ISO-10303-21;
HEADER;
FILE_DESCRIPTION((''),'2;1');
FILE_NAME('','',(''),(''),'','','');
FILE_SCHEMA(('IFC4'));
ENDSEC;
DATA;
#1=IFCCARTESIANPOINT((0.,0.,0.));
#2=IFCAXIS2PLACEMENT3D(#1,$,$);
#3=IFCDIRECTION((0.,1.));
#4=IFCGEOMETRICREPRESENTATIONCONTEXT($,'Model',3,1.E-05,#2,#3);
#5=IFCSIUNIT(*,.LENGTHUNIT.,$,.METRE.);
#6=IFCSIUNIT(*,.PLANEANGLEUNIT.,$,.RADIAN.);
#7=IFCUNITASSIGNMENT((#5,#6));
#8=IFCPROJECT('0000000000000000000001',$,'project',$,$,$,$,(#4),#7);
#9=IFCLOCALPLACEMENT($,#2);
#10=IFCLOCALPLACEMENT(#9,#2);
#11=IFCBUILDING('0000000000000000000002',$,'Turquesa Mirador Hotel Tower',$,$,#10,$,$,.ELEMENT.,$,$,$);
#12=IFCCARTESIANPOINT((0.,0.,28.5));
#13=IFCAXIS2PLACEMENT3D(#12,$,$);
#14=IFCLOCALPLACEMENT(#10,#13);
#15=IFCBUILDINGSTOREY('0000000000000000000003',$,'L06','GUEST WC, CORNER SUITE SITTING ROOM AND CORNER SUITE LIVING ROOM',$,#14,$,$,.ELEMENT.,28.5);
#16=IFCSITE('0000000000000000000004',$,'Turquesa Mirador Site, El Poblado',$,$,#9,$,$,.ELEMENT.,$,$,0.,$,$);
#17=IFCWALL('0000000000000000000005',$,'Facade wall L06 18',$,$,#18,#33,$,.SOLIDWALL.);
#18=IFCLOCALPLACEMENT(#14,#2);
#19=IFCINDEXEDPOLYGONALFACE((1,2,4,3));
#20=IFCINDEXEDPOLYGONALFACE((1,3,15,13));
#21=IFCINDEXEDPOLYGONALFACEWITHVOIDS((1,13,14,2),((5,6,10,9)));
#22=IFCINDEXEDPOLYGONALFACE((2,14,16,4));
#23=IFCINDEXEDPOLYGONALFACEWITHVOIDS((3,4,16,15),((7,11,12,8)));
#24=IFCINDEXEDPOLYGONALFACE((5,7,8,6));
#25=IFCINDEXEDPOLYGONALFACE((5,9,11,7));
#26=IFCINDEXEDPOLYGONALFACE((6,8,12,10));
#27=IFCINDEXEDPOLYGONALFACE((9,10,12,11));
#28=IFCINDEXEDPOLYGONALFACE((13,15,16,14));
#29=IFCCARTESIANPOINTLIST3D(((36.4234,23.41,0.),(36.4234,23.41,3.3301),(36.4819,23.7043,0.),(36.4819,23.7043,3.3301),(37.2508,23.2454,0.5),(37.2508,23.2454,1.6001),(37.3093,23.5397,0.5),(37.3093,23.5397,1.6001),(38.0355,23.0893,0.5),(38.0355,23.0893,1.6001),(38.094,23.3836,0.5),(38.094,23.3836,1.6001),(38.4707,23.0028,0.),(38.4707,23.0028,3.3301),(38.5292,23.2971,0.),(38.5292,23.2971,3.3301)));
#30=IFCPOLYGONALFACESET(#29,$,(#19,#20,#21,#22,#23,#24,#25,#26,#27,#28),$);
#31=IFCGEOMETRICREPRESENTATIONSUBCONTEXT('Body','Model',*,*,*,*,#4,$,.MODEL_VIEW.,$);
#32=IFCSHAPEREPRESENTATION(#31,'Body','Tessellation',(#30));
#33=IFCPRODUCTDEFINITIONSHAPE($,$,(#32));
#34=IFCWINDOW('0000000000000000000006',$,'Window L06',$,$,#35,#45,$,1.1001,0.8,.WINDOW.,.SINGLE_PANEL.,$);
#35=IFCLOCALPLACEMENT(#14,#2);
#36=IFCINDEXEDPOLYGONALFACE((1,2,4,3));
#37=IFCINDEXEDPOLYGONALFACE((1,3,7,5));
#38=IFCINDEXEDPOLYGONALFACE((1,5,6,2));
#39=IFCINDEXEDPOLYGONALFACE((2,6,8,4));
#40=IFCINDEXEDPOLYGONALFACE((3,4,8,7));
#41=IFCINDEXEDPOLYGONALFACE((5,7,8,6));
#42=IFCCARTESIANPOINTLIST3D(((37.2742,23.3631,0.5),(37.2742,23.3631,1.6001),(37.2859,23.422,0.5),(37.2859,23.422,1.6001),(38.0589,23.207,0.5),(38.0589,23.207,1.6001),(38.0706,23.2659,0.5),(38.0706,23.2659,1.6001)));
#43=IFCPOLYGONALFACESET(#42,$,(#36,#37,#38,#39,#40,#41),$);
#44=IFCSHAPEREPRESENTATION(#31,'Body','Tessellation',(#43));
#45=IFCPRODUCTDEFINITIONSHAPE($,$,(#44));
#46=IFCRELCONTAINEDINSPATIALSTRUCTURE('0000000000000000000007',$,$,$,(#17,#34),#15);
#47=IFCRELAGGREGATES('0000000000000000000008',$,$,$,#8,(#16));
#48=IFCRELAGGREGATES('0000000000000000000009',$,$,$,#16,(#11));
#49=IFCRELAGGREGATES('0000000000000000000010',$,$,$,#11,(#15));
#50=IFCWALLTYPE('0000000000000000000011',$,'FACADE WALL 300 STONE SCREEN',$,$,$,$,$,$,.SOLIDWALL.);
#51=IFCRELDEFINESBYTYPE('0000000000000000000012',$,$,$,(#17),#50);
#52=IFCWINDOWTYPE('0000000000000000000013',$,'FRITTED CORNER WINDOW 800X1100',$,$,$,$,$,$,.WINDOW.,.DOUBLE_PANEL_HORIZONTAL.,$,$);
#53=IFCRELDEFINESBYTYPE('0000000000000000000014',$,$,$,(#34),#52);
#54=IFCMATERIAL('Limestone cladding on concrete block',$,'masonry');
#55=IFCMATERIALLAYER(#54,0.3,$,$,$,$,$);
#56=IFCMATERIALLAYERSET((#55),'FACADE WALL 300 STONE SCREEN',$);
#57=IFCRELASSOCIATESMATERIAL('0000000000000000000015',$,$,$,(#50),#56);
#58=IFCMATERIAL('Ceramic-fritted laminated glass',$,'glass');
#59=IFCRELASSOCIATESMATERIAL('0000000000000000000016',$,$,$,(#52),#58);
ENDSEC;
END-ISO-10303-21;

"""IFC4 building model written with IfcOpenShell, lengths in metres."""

from ifc_helpers import new_model, si_unit, direction, frame, frame_2d, origin, place, context, subcontext, project, spatial, rectangle, extrude, material, layer, layer_set, type_object, element, fill, save


model = new_model("IFC4")

# Units and contexts
model_context = context("Model", 3, precision=1e-05, world=origin(), true_north=direction((0.0, 1.0)))
body_context = subcontext(model_context, "Body", "Model", "MODEL_VIEW")
ifc_project = project(units=[si_unit("LENGTHUNIT", "METRE"), si_unit("PLANEANGLEUNIT", "RADIAN")], contexts=[model_context])

# Site, building, storey
site_placement = place(None, origin())
site = spatial("IfcSite", under=ifc_project, at=site_placement, Name="Turquesa Mirador Site, El Poblado", CompositionType="ELEMENT", RefElevation=0.0)
building_placement = place(site_placement, origin())
building = spatial("IfcBuilding", under=site, at=building_placement, Name="Turquesa Mirador Hotel Tower", CompositionType="ELEMENT")
storey_placement = place(building_placement, frame((0.0, 0.0, 28.5)))
storey = spatial("IfcBuildingStorey", under=building, at=storey_placement, Name="L06", Description="GUEST WC, CORNER SUITE SITTING ROOM AND CORNER SUITE LIVING ROOM", CompositionType="ELEMENT", Elevation=28.5)

# Wall, opening, window
ifc_material_1 = material(Name="Limestone cladding on concrete block", Category="masonry")
ifc_layer_1 = layer(ifc_material_1, 0.3)
ifc_layer_set_1 = layer_set([ifc_layer_1], Name="FACADE WALL 300 STONE SCREEN")
wall_type_1 = type_object("IfcWallType", Name="FACADE WALL 300 STONE SCREEN", PredefinedType="SOLIDWALL", material=ifc_layer_set_1)
ifc_material_2 = material(Name="Ceramic-fritted laminated glass", Category="glass")
window_type_1 = type_object("IfcWindowType", Name="FRITTED CORNER WINDOW 800X1100", PartitioningType="DOUBLE_PANEL_HORIZONTAL", PredefinedType="WINDOW", material=ifc_material_2)
wall_1_placement = place(storey_placement, frame((36.4526, 23.5571, 0.0), z_axis=(0.0, 0.0, 1.0), x_axis=(0.980787, -0.195081, 0.0)))
wall_1 = element("IfcWall", 1, at=wall_1_placement, inside=storey, type_object=wall_type_1, Name="Facade wall L06 18", PredefinedType="SOLIDWALL", context=body_context, shape_type="SweptSolid", body=[
    extrude(rectangle(XDim=2.0874, YDim=0.3, at=frame_2d((1.0437, 0.0))), origin(), (0.0, 0.0, 1.0), 3.3301),
])
opening_1_placement = place(wall_1_placement, frame((0.8438, 0.0, 0.5)))
opening_1 = element("IfcOpeningElement", 2, at=opening_1_placement, cuts=wall_1, PredefinedType="OPENING", context=body_context, shape_type="SweptSolid", body=[
    extrude(rectangle(XDim=0.8, YDim=1.1001, at=frame_2d((0.3999, 0.55))), frame((0.0, 0.1599, 0.0), z_axis=(0.0, -1.0, 0.0), x_axis=(1.0, 0.0, 0.0)), (0.0, 0.0, 1.0), 0.3201),
])
window_1_placement = place(opening_1_placement, origin())
window_1 = element("IfcWindow", 3, at=window_1_placement, inside=storey, type_object=window_type_1, Name="Window L06", OverallHeight=1.1001, OverallWidth=0.8, PartitioningType="SINGLE_PANEL", PredefinedType="WINDOW", context=body_context, shape_type="SweptSolid", body=[
    extrude(rectangle(XDim=0.8, YDim=1.1001, at=frame_2d((0.3999, 0.55))), frame((0.0, 0.03, 0.0), z_axis=(0.0, -1.0, 0.0), x_axis=(1.0, 0.0, 0.0)), (0.0, 0.0, 1.0), 0.0601),
])
fill(opening_1, window_1)

save(model, "model.ifc")
